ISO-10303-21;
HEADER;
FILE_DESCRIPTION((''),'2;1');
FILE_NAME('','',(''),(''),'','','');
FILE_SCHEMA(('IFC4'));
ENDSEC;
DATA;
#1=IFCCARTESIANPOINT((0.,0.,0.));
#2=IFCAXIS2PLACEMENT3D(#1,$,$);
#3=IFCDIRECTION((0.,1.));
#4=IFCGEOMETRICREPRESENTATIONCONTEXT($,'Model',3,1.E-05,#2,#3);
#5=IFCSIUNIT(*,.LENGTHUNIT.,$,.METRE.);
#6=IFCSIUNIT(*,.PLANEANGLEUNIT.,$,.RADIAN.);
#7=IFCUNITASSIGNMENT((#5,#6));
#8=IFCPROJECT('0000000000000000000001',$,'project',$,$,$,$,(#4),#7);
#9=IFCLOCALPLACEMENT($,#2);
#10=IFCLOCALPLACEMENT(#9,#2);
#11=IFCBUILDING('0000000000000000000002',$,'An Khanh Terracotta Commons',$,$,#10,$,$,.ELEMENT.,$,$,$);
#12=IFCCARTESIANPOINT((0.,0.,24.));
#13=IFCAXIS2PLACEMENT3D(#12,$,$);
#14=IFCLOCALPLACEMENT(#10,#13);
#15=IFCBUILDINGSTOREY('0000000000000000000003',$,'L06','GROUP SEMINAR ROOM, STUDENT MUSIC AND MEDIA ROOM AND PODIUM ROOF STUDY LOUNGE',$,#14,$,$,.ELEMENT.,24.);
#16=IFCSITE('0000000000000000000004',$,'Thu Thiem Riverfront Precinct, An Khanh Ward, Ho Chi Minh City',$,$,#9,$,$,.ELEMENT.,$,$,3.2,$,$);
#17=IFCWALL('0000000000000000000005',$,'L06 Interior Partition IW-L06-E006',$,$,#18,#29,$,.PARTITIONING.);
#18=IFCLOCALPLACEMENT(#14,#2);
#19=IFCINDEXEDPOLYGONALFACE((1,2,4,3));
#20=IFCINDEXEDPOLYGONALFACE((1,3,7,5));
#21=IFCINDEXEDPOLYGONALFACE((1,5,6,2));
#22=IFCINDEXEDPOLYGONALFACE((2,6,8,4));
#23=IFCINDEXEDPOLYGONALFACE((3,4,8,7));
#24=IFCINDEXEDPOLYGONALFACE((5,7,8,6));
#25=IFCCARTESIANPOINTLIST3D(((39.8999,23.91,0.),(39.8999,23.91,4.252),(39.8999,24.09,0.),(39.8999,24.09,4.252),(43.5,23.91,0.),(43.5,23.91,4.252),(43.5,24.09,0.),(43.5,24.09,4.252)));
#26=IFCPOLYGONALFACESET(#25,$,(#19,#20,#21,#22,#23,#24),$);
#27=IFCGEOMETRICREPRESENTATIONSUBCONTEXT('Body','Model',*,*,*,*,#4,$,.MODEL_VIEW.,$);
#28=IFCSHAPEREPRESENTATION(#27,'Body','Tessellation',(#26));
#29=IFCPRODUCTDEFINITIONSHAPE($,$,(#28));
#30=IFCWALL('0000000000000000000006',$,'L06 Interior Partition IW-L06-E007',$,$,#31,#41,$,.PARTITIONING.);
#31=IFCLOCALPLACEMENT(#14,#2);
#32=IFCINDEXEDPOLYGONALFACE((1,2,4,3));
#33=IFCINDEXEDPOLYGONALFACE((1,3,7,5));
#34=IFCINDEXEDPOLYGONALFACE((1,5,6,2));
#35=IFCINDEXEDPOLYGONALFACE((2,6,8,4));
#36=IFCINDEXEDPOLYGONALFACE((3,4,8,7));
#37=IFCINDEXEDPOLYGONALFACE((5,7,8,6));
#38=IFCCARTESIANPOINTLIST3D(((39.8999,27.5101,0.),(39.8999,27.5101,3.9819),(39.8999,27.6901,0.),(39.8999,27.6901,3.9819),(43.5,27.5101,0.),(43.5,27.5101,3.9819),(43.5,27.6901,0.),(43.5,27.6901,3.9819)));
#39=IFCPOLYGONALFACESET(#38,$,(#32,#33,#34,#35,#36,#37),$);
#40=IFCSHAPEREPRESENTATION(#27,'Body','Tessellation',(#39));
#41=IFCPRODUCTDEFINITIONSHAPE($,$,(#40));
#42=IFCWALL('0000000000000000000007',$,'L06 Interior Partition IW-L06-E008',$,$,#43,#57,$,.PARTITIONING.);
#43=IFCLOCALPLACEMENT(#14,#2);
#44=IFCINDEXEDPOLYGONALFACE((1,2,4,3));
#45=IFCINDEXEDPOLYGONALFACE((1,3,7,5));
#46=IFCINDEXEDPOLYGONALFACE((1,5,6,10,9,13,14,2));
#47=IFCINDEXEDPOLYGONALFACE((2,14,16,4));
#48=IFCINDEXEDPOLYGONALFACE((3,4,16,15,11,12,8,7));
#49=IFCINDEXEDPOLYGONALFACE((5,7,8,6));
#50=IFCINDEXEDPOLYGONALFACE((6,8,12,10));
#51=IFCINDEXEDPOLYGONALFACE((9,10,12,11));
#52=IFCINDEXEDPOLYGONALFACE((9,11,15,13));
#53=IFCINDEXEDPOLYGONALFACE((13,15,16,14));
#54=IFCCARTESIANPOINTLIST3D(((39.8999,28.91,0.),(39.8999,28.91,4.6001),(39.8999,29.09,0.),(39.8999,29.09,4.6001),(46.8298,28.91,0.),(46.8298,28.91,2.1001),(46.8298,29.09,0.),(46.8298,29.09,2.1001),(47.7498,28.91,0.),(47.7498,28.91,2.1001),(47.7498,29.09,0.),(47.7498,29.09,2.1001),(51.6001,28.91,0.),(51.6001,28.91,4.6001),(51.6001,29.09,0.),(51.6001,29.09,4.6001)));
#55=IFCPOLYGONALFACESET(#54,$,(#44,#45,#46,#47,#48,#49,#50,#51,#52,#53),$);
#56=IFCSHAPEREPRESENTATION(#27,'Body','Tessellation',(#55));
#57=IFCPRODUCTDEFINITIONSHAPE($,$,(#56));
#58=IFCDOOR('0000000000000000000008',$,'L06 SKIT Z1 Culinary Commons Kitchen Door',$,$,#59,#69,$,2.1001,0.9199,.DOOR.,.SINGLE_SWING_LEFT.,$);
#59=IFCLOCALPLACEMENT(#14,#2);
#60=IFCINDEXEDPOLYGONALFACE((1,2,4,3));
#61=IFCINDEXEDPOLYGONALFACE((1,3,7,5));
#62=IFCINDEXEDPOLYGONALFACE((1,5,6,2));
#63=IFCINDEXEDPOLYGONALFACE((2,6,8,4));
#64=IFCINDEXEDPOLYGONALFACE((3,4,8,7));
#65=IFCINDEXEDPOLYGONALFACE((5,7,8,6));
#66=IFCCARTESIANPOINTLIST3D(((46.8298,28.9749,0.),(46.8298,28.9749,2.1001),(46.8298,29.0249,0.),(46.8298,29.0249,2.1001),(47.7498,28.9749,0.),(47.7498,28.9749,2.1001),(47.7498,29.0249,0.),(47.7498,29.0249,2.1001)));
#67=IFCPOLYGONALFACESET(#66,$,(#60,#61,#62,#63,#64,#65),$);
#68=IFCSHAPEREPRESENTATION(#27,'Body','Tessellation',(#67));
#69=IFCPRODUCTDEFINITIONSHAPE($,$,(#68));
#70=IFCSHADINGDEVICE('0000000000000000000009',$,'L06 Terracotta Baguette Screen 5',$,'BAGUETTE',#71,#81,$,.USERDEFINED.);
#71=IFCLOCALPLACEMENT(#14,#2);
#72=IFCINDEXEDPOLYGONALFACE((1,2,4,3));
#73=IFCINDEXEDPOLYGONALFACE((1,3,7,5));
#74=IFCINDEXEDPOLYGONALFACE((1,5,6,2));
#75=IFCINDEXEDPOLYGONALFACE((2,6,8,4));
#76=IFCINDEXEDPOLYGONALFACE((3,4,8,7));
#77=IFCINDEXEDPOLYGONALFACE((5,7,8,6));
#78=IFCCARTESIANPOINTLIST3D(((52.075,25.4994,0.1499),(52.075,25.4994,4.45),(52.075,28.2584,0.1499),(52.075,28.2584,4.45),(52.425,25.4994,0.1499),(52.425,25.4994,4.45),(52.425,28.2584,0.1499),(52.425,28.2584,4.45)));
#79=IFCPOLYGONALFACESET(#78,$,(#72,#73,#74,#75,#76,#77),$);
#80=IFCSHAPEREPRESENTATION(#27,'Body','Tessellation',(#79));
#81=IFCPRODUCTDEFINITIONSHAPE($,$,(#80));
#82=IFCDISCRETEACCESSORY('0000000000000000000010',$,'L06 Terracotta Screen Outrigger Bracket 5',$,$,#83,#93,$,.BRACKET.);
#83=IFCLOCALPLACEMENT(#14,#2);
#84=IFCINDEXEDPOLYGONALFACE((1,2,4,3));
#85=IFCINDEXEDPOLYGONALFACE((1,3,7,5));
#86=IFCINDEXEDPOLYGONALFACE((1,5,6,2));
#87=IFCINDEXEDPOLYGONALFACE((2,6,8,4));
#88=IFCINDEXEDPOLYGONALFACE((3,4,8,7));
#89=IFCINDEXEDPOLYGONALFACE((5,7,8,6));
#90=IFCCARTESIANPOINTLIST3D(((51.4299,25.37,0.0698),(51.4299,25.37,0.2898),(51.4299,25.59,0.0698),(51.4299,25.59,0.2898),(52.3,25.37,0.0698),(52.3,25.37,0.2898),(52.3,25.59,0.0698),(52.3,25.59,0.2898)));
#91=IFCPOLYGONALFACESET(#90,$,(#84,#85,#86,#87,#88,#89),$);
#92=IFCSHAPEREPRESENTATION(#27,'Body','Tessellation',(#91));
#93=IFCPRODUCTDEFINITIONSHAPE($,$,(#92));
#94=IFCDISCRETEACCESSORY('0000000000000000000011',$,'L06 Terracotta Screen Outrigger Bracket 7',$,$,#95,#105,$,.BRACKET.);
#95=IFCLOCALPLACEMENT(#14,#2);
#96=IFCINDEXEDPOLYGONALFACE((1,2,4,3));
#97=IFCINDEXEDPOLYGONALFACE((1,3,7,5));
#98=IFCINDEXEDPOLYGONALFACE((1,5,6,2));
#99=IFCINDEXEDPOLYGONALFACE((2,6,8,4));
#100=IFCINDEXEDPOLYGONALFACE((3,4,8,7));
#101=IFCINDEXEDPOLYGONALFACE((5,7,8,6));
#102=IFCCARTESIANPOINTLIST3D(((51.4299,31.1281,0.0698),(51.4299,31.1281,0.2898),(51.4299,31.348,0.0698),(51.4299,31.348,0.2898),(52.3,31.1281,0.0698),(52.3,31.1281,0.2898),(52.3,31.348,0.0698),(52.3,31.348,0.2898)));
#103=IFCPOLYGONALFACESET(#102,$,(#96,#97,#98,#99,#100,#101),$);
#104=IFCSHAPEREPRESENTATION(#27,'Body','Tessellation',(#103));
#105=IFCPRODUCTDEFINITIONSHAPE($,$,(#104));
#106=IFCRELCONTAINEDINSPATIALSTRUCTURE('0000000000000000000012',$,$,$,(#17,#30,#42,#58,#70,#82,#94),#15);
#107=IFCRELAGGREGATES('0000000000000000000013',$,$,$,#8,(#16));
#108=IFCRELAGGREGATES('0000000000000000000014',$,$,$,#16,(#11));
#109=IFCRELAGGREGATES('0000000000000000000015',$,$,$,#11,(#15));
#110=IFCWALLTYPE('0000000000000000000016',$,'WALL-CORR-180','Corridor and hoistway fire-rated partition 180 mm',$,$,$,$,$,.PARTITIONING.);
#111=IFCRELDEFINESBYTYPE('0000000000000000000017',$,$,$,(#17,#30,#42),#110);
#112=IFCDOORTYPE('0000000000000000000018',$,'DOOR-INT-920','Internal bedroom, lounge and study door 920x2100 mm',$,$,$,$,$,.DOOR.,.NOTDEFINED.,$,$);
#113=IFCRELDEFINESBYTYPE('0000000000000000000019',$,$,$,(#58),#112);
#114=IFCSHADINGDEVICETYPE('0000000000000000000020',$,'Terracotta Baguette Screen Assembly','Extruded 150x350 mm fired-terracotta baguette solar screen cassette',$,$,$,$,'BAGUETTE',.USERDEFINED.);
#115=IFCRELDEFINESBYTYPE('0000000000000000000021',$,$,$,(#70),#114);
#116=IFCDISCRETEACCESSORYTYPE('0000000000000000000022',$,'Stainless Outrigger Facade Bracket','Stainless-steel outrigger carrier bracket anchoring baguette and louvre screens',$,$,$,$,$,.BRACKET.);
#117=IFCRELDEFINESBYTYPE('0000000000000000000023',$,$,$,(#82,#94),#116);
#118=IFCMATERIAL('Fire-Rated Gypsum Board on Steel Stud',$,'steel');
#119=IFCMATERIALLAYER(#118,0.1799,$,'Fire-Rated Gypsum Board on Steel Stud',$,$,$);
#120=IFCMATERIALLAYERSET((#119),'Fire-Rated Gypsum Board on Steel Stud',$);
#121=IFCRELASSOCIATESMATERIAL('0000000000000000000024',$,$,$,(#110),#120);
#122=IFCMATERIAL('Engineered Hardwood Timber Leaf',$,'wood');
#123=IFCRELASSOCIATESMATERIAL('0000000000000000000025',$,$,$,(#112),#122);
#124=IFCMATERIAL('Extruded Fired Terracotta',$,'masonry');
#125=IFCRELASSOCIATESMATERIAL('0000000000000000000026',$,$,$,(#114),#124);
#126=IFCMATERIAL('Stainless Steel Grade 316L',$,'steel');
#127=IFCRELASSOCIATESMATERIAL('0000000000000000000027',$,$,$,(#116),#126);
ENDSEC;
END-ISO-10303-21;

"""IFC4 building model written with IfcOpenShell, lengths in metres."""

from ifc_helpers import new_model, si_unit, direction, frame, frame_2d, origin, origin_2d, place, context, subcontext, project, spatial, rectangle, extrude, material, layer, layer_set, type_object, element, fill, save


model = new_model("IFC4")

# Units and contexts
model_context = context("Model", 3, precision=1e-05, world=origin(), true_north=direction((0.0, 1.0)))
body_context = subcontext(model_context, "Body", "Model", "MODEL_VIEW")
ifc_project = project(units=[si_unit("LENGTHUNIT", "METRE"), si_unit("PLANEANGLEUNIT", "RADIAN")], contexts=[model_context])

# Site, building, storey
site_placement = place(None, origin())
site = spatial("IfcSite", under=ifc_project, at=site_placement, Name="Thu Thiem Riverfront Precinct, An Khanh Ward, Ho Chi Minh City", CompositionType="ELEMENT", RefElevation=3.2)
building_placement = place(site_placement, origin())
building = spatial("IfcBuilding", under=site, at=building_placement, Name="An Khanh Terracotta Commons", CompositionType="ELEMENT")
storey_placement = place(building_placement, frame((0.0, 0.0, 24.0)))
storey = spatial("IfcBuildingStorey", under=building, at=storey_placement, Name="L06", Description="GROUP SEMINAR ROOM, STUDENT MUSIC AND MEDIA ROOM AND PODIUM ROOF STUDY LOUNGE", CompositionType="ELEMENT", Elevation=24.0)

# Walls
ifc_material_1 = material(Name="Fire-Rated Gypsum Board on Steel Stud", Category="steel")
ifc_layer_1 = layer(ifc_material_1, 0.1799, Name="Fire-Rated Gypsum Board on Steel Stud")
ifc_layer_set_1 = layer_set([ifc_layer_1], Name="Fire-Rated Gypsum Board on Steel Stud")
wall_type = type_object("IfcWallType", Name="WALL-CORR-180", Description="Corridor and hoistway fire-rated partition 180 mm", PredefinedType="PARTITIONING", material=ifc_layer_set_1)
wall_1_placement = place(storey_placement, frame((39.8999, 24.0, 0.0), z_axis=(0.0, 0.0, 1.0), x_axis=(1.0, 0.0, 0.0)))
element("IfcWall", 1, at=wall_1_placement, inside=storey, type_object=wall_type, Name="L06 Interior Partition IW-L06-E006", PredefinedType="PARTITIONING", context=body_context, shape_type="SweptSolid", body=[
    extrude(rectangle(XDim=3.6001, YDim=0.1799, at=frame_2d((1.8, 0.0))), origin(), (0.0, 0.0, 1.0), 4.252),
])
wall_2_placement = place(storey_placement, frame((39.8999, 27.6001, 0.0), z_axis=(0.0, 0.0, 1.0), x_axis=(1.0, 0.0, 0.0)))
element("IfcWall", 2, at=wall_2_placement, inside=storey, type_object=wall_type, Name="L06 Interior Partition IW-L06-E007", PredefinedType="PARTITIONING", context=body_context, shape_type="SweptSolid", body=[
    extrude(rectangle(XDim=3.6001, YDim=0.1799, at=frame_2d((1.8, 0.0))), origin(), (0.0, 0.0, 1.0), 3.9819),
])

# Wall, opening, door
wall_3_placement = place(storey_placement, frame((39.8999, 29.0, 0.0), z_axis=(0.0, 0.0, 1.0), x_axis=(1.0, 0.0, 0.0)))
wall_3 = element("IfcWall", 3, at=wall_3_placement, inside=storey, type_object=wall_type, Name="L06 Interior Partition IW-L06-E008", PredefinedType="PARTITIONING", context=body_context, shape_type="SweptSolid", body=[
    extrude(rectangle(XDim=11.7002, YDim=0.1799, at=frame_2d((5.8501, 0.0))), origin(), (0.0, 0.0, 1.0), 4.6001),
])
opening_placement = place(wall_3_placement, frame((6.9299, 0.0, 0.0)))
opening = element("IfcOpeningElement", 4, at=opening_placement, cuts=wall_3, PredefinedType="OPENING", context=body_context, shape_type="SweptSolid", body=[
    extrude(rectangle(XDim=0.9199, YDim=2.1001, at=frame_2d((0.46, 1.05))), frame((0.0, 0.0999, 0.0), z_axis=(0.0, -1.0, 0.0), x_axis=(1.0, 0.0, 0.0)), (0.0, 0.0, 1.0), 0.2),
])
ifc_material_2 = material(Name="Engineered Hardwood Timber Leaf", Category="wood")
door_type = type_object("IfcDoorType", Name="DOOR-INT-920", Description="Internal bedroom, lounge and study door 920x2100 mm", OperationType="NOTDEFINED", PredefinedType="DOOR", material=ifc_material_2)
door_placement = place(opening_placement, origin())
door = element("IfcDoor", 5, at=door_placement, inside=storey, type_object=door_type, Name="L06 SKIT Z1 Culinary Commons Kitchen Door", OperationType="SINGLE_SWING_LEFT", OverallHeight=2.1001, OverallWidth=0.9199, PredefinedType="DOOR", context=body_context, shape_type="SweptSolid", body=[
    extrude(rectangle(XDim=0.9199, YDim=2.1001, at=frame_2d((0.46, 1.05))), frame((0.0, 0.0249, 0.0), z_axis=(0.0, -1.0, 0.0), x_axis=(1.0, 0.0, 0.0)), (0.0, 0.0, 1.0), 0.05),
])
fill(opening, door)

# Shading device
ifc_material_3 = material(Name="Extruded Fired Terracotta", Category="masonry")
shading_device_type = type_object("IfcShadingDeviceType", Name="Terracotta Baguette Screen Assembly", Description="Extruded 150x350 mm fired-terracotta baguette solar screen cassette", ElementType="BAGUETTE", PredefinedType="USERDEFINED", material=ifc_material_3)
shading_device_placement = place(storey_placement, frame((52.25, 26.8789, 0.1499), z_axis=(0.0, 0.0, 1.0), x_axis=(0.0, 1.0, 0.0)))
element("IfcShadingDevice", 6, at=shading_device_placement, inside=storey, type_object=shading_device_type, Name="L06 Terracotta Baguette Screen 5", ObjectType="BAGUETTE", PredefinedType="USERDEFINED", context=body_context, shape_type="SweptSolid", body=[
    extrude(rectangle(XDim=2.759, YDim=0.3501, at=origin_2d()), origin(), (0.0, 0.0, 1.0), 4.3),
])

# Discrete accessories
ifc_material_4 = material(Name="Stainless Steel Grade 316L", Category="steel")
discrete_accessory_type = type_object("IfcDiscreteAccessoryType", Name="Stainless Outrigger Facade Bracket", Description="Stainless-steel outrigger carrier bracket anchoring baguette and louvre screens", PredefinedType="BRACKET", material=ifc_material_4)
for number, where, z_axis, x_axis, name in (
    (7, (51.865, 25.48, 0.0698), (0.0, 0.0, 1.0), (0.0, 1.0, 0.0), "L06 Terracotta Screen Outrigger Bracket 5"),
    (8, (51.865, 31.238, 0.0698), (0.0, 0.0, 1.0), (0.0, 1.0, 0.0), "L06 Terracotta Screen Outrigger Bracket 7"),
):
    element("IfcDiscreteAccessory", number, at=place(storey_placement, frame(where, z_axis=z_axis, x_axis=x_axis)), inside=storey, type_object=discrete_accessory_type, Name=name, PredefinedType="BRACKET", context=body_context, shape_type="SweptSolid", body=[
        extrude(rectangle(XDim=0.22, YDim=0.8701, at=origin_2d()), origin(), (0.0, 0.0, 1.0), 0.22),
    ])

save(model, "model.ifc")
